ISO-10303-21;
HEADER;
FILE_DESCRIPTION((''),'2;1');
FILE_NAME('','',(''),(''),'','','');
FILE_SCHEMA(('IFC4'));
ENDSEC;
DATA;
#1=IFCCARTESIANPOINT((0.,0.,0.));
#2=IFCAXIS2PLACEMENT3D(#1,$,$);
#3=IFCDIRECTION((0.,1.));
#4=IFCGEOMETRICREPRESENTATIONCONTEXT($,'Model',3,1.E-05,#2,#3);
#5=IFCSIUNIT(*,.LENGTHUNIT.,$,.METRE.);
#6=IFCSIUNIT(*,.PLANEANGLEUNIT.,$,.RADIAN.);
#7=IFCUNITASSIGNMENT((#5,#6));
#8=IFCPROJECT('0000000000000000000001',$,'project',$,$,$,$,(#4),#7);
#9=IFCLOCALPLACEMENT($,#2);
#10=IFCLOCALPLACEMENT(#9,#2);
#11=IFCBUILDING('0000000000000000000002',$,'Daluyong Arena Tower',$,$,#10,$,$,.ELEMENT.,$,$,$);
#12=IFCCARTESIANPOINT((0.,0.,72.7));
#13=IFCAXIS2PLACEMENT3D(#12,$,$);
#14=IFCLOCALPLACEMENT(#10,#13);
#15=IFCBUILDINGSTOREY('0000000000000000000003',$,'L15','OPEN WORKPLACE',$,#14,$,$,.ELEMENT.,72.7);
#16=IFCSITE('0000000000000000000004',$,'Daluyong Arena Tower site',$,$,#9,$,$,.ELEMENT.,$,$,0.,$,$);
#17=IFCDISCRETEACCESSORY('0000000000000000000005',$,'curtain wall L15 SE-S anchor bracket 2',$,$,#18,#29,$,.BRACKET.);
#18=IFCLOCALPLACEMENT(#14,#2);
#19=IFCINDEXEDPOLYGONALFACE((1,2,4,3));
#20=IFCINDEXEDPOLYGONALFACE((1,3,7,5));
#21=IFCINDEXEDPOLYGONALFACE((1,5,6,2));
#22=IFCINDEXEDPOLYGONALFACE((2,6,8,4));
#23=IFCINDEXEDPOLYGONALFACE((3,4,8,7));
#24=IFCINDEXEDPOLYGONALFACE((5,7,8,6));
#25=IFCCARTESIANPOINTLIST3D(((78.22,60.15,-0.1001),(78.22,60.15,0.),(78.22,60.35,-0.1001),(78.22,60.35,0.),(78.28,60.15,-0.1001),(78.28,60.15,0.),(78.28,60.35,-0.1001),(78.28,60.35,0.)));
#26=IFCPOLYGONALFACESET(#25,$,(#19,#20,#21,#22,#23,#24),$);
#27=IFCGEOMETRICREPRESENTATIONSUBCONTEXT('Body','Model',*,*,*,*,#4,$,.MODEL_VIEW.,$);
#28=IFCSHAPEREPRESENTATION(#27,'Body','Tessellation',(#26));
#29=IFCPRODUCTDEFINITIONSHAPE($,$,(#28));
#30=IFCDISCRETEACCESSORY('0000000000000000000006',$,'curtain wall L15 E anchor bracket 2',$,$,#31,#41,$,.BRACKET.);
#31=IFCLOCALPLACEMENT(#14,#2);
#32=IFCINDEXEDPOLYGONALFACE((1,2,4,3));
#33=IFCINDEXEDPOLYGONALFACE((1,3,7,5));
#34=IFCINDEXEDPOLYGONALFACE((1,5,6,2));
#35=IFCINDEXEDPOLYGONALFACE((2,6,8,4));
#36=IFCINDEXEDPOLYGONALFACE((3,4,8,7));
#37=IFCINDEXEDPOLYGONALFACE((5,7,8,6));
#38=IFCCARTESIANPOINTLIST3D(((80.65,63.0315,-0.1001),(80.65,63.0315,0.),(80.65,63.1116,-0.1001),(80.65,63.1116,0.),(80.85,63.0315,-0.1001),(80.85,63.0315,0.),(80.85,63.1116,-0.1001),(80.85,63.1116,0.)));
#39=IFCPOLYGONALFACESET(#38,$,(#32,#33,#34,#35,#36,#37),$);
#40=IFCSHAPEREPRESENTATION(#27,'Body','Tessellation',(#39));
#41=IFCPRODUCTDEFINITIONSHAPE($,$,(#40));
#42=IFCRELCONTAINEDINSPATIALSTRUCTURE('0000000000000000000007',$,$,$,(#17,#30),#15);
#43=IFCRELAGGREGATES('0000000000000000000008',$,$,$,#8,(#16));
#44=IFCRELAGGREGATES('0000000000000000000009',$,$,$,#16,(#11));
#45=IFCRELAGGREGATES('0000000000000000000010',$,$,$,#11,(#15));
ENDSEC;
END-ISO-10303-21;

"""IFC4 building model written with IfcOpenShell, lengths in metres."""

from ifc_helpers import new_model, si_unit, direction, frame, origin, origin_2d, place, context, subcontext, project, spatial, rectangle, extrude, element, save


model = new_model("IFC4")

# Units and contexts
model_context = context("Model", 3, precision=1e-05, world=origin(), true_north=direction((0.0, 1.0)))
body_context = subcontext(model_context, "Body", "Model", "MODEL_VIEW")
ifc_project = project(units=[si_unit("LENGTHUNIT", "METRE"), si_unit("PLANEANGLEUNIT", "RADIAN")], contexts=[model_context])

# Site, building, storey
site_placement = place(None, origin())
site = spatial("IfcSite", under=ifc_project, at=site_placement, Name="Daluyong Arena Tower site", CompositionType="ELEMENT", RefElevation=0.0)
building_placement = place(site_placement, origin())
building = spatial("IfcBuilding", under=site, at=building_placement, Name="Daluyong Arena Tower", CompositionType="ELEMENT")
storey_placement = place(building_placement, frame((0.0, 0.0, 72.7)))
storey = spatial("IfcBuildingStorey", under=building, at=storey_placement, Name="L15", Description="OPEN WORKPLACE", CompositionType="ELEMENT", Elevation=72.7)

# Discrete accessories
for number, where, z_axis, x_axis, name in (
    (1, (78.25, 60.25, -0.1001), (0.0, 0.0, 1.0), (1.0, 0.0, 0.0), "curtain wall L15 SE-S anchor bracket 2"),
):
    element("IfcDiscreteAccessory", number, at=place(storey_placement, frame(where, z_axis=z_axis, x_axis=x_axis)), inside=storey, Name=name, PredefinedType="BRACKET", context=body_context, shape_type="SweptSolid", body=[
        extrude(rectangle(XDim=0.0601, YDim=0.2, at=origin_2d()), origin(), (0.0, 0.0, 1.0), 0.1001),
    ])
discrete_accessory_1_placement = place(storey_placement, frame((80.75, 63.0715, -0.1001), z_axis=(0.0, 0.0, 1.0), x_axis=(0.0, 1.0, 0.0)))
element("IfcDiscreteAccessory", 2, at=discrete_accessory_1_placement, inside=storey, Name="curtain wall L15 E anchor bracket 2", PredefinedType="BRACKET", context=body_context, shape_type="SweptSolid", body=[
    extrude(rectangle(XDim=0.0801, YDim=0.2, at=origin_2d()), origin(), (0.0, 0.0, 1.0), 0.1001),
])

save(model, "model.ifc")
